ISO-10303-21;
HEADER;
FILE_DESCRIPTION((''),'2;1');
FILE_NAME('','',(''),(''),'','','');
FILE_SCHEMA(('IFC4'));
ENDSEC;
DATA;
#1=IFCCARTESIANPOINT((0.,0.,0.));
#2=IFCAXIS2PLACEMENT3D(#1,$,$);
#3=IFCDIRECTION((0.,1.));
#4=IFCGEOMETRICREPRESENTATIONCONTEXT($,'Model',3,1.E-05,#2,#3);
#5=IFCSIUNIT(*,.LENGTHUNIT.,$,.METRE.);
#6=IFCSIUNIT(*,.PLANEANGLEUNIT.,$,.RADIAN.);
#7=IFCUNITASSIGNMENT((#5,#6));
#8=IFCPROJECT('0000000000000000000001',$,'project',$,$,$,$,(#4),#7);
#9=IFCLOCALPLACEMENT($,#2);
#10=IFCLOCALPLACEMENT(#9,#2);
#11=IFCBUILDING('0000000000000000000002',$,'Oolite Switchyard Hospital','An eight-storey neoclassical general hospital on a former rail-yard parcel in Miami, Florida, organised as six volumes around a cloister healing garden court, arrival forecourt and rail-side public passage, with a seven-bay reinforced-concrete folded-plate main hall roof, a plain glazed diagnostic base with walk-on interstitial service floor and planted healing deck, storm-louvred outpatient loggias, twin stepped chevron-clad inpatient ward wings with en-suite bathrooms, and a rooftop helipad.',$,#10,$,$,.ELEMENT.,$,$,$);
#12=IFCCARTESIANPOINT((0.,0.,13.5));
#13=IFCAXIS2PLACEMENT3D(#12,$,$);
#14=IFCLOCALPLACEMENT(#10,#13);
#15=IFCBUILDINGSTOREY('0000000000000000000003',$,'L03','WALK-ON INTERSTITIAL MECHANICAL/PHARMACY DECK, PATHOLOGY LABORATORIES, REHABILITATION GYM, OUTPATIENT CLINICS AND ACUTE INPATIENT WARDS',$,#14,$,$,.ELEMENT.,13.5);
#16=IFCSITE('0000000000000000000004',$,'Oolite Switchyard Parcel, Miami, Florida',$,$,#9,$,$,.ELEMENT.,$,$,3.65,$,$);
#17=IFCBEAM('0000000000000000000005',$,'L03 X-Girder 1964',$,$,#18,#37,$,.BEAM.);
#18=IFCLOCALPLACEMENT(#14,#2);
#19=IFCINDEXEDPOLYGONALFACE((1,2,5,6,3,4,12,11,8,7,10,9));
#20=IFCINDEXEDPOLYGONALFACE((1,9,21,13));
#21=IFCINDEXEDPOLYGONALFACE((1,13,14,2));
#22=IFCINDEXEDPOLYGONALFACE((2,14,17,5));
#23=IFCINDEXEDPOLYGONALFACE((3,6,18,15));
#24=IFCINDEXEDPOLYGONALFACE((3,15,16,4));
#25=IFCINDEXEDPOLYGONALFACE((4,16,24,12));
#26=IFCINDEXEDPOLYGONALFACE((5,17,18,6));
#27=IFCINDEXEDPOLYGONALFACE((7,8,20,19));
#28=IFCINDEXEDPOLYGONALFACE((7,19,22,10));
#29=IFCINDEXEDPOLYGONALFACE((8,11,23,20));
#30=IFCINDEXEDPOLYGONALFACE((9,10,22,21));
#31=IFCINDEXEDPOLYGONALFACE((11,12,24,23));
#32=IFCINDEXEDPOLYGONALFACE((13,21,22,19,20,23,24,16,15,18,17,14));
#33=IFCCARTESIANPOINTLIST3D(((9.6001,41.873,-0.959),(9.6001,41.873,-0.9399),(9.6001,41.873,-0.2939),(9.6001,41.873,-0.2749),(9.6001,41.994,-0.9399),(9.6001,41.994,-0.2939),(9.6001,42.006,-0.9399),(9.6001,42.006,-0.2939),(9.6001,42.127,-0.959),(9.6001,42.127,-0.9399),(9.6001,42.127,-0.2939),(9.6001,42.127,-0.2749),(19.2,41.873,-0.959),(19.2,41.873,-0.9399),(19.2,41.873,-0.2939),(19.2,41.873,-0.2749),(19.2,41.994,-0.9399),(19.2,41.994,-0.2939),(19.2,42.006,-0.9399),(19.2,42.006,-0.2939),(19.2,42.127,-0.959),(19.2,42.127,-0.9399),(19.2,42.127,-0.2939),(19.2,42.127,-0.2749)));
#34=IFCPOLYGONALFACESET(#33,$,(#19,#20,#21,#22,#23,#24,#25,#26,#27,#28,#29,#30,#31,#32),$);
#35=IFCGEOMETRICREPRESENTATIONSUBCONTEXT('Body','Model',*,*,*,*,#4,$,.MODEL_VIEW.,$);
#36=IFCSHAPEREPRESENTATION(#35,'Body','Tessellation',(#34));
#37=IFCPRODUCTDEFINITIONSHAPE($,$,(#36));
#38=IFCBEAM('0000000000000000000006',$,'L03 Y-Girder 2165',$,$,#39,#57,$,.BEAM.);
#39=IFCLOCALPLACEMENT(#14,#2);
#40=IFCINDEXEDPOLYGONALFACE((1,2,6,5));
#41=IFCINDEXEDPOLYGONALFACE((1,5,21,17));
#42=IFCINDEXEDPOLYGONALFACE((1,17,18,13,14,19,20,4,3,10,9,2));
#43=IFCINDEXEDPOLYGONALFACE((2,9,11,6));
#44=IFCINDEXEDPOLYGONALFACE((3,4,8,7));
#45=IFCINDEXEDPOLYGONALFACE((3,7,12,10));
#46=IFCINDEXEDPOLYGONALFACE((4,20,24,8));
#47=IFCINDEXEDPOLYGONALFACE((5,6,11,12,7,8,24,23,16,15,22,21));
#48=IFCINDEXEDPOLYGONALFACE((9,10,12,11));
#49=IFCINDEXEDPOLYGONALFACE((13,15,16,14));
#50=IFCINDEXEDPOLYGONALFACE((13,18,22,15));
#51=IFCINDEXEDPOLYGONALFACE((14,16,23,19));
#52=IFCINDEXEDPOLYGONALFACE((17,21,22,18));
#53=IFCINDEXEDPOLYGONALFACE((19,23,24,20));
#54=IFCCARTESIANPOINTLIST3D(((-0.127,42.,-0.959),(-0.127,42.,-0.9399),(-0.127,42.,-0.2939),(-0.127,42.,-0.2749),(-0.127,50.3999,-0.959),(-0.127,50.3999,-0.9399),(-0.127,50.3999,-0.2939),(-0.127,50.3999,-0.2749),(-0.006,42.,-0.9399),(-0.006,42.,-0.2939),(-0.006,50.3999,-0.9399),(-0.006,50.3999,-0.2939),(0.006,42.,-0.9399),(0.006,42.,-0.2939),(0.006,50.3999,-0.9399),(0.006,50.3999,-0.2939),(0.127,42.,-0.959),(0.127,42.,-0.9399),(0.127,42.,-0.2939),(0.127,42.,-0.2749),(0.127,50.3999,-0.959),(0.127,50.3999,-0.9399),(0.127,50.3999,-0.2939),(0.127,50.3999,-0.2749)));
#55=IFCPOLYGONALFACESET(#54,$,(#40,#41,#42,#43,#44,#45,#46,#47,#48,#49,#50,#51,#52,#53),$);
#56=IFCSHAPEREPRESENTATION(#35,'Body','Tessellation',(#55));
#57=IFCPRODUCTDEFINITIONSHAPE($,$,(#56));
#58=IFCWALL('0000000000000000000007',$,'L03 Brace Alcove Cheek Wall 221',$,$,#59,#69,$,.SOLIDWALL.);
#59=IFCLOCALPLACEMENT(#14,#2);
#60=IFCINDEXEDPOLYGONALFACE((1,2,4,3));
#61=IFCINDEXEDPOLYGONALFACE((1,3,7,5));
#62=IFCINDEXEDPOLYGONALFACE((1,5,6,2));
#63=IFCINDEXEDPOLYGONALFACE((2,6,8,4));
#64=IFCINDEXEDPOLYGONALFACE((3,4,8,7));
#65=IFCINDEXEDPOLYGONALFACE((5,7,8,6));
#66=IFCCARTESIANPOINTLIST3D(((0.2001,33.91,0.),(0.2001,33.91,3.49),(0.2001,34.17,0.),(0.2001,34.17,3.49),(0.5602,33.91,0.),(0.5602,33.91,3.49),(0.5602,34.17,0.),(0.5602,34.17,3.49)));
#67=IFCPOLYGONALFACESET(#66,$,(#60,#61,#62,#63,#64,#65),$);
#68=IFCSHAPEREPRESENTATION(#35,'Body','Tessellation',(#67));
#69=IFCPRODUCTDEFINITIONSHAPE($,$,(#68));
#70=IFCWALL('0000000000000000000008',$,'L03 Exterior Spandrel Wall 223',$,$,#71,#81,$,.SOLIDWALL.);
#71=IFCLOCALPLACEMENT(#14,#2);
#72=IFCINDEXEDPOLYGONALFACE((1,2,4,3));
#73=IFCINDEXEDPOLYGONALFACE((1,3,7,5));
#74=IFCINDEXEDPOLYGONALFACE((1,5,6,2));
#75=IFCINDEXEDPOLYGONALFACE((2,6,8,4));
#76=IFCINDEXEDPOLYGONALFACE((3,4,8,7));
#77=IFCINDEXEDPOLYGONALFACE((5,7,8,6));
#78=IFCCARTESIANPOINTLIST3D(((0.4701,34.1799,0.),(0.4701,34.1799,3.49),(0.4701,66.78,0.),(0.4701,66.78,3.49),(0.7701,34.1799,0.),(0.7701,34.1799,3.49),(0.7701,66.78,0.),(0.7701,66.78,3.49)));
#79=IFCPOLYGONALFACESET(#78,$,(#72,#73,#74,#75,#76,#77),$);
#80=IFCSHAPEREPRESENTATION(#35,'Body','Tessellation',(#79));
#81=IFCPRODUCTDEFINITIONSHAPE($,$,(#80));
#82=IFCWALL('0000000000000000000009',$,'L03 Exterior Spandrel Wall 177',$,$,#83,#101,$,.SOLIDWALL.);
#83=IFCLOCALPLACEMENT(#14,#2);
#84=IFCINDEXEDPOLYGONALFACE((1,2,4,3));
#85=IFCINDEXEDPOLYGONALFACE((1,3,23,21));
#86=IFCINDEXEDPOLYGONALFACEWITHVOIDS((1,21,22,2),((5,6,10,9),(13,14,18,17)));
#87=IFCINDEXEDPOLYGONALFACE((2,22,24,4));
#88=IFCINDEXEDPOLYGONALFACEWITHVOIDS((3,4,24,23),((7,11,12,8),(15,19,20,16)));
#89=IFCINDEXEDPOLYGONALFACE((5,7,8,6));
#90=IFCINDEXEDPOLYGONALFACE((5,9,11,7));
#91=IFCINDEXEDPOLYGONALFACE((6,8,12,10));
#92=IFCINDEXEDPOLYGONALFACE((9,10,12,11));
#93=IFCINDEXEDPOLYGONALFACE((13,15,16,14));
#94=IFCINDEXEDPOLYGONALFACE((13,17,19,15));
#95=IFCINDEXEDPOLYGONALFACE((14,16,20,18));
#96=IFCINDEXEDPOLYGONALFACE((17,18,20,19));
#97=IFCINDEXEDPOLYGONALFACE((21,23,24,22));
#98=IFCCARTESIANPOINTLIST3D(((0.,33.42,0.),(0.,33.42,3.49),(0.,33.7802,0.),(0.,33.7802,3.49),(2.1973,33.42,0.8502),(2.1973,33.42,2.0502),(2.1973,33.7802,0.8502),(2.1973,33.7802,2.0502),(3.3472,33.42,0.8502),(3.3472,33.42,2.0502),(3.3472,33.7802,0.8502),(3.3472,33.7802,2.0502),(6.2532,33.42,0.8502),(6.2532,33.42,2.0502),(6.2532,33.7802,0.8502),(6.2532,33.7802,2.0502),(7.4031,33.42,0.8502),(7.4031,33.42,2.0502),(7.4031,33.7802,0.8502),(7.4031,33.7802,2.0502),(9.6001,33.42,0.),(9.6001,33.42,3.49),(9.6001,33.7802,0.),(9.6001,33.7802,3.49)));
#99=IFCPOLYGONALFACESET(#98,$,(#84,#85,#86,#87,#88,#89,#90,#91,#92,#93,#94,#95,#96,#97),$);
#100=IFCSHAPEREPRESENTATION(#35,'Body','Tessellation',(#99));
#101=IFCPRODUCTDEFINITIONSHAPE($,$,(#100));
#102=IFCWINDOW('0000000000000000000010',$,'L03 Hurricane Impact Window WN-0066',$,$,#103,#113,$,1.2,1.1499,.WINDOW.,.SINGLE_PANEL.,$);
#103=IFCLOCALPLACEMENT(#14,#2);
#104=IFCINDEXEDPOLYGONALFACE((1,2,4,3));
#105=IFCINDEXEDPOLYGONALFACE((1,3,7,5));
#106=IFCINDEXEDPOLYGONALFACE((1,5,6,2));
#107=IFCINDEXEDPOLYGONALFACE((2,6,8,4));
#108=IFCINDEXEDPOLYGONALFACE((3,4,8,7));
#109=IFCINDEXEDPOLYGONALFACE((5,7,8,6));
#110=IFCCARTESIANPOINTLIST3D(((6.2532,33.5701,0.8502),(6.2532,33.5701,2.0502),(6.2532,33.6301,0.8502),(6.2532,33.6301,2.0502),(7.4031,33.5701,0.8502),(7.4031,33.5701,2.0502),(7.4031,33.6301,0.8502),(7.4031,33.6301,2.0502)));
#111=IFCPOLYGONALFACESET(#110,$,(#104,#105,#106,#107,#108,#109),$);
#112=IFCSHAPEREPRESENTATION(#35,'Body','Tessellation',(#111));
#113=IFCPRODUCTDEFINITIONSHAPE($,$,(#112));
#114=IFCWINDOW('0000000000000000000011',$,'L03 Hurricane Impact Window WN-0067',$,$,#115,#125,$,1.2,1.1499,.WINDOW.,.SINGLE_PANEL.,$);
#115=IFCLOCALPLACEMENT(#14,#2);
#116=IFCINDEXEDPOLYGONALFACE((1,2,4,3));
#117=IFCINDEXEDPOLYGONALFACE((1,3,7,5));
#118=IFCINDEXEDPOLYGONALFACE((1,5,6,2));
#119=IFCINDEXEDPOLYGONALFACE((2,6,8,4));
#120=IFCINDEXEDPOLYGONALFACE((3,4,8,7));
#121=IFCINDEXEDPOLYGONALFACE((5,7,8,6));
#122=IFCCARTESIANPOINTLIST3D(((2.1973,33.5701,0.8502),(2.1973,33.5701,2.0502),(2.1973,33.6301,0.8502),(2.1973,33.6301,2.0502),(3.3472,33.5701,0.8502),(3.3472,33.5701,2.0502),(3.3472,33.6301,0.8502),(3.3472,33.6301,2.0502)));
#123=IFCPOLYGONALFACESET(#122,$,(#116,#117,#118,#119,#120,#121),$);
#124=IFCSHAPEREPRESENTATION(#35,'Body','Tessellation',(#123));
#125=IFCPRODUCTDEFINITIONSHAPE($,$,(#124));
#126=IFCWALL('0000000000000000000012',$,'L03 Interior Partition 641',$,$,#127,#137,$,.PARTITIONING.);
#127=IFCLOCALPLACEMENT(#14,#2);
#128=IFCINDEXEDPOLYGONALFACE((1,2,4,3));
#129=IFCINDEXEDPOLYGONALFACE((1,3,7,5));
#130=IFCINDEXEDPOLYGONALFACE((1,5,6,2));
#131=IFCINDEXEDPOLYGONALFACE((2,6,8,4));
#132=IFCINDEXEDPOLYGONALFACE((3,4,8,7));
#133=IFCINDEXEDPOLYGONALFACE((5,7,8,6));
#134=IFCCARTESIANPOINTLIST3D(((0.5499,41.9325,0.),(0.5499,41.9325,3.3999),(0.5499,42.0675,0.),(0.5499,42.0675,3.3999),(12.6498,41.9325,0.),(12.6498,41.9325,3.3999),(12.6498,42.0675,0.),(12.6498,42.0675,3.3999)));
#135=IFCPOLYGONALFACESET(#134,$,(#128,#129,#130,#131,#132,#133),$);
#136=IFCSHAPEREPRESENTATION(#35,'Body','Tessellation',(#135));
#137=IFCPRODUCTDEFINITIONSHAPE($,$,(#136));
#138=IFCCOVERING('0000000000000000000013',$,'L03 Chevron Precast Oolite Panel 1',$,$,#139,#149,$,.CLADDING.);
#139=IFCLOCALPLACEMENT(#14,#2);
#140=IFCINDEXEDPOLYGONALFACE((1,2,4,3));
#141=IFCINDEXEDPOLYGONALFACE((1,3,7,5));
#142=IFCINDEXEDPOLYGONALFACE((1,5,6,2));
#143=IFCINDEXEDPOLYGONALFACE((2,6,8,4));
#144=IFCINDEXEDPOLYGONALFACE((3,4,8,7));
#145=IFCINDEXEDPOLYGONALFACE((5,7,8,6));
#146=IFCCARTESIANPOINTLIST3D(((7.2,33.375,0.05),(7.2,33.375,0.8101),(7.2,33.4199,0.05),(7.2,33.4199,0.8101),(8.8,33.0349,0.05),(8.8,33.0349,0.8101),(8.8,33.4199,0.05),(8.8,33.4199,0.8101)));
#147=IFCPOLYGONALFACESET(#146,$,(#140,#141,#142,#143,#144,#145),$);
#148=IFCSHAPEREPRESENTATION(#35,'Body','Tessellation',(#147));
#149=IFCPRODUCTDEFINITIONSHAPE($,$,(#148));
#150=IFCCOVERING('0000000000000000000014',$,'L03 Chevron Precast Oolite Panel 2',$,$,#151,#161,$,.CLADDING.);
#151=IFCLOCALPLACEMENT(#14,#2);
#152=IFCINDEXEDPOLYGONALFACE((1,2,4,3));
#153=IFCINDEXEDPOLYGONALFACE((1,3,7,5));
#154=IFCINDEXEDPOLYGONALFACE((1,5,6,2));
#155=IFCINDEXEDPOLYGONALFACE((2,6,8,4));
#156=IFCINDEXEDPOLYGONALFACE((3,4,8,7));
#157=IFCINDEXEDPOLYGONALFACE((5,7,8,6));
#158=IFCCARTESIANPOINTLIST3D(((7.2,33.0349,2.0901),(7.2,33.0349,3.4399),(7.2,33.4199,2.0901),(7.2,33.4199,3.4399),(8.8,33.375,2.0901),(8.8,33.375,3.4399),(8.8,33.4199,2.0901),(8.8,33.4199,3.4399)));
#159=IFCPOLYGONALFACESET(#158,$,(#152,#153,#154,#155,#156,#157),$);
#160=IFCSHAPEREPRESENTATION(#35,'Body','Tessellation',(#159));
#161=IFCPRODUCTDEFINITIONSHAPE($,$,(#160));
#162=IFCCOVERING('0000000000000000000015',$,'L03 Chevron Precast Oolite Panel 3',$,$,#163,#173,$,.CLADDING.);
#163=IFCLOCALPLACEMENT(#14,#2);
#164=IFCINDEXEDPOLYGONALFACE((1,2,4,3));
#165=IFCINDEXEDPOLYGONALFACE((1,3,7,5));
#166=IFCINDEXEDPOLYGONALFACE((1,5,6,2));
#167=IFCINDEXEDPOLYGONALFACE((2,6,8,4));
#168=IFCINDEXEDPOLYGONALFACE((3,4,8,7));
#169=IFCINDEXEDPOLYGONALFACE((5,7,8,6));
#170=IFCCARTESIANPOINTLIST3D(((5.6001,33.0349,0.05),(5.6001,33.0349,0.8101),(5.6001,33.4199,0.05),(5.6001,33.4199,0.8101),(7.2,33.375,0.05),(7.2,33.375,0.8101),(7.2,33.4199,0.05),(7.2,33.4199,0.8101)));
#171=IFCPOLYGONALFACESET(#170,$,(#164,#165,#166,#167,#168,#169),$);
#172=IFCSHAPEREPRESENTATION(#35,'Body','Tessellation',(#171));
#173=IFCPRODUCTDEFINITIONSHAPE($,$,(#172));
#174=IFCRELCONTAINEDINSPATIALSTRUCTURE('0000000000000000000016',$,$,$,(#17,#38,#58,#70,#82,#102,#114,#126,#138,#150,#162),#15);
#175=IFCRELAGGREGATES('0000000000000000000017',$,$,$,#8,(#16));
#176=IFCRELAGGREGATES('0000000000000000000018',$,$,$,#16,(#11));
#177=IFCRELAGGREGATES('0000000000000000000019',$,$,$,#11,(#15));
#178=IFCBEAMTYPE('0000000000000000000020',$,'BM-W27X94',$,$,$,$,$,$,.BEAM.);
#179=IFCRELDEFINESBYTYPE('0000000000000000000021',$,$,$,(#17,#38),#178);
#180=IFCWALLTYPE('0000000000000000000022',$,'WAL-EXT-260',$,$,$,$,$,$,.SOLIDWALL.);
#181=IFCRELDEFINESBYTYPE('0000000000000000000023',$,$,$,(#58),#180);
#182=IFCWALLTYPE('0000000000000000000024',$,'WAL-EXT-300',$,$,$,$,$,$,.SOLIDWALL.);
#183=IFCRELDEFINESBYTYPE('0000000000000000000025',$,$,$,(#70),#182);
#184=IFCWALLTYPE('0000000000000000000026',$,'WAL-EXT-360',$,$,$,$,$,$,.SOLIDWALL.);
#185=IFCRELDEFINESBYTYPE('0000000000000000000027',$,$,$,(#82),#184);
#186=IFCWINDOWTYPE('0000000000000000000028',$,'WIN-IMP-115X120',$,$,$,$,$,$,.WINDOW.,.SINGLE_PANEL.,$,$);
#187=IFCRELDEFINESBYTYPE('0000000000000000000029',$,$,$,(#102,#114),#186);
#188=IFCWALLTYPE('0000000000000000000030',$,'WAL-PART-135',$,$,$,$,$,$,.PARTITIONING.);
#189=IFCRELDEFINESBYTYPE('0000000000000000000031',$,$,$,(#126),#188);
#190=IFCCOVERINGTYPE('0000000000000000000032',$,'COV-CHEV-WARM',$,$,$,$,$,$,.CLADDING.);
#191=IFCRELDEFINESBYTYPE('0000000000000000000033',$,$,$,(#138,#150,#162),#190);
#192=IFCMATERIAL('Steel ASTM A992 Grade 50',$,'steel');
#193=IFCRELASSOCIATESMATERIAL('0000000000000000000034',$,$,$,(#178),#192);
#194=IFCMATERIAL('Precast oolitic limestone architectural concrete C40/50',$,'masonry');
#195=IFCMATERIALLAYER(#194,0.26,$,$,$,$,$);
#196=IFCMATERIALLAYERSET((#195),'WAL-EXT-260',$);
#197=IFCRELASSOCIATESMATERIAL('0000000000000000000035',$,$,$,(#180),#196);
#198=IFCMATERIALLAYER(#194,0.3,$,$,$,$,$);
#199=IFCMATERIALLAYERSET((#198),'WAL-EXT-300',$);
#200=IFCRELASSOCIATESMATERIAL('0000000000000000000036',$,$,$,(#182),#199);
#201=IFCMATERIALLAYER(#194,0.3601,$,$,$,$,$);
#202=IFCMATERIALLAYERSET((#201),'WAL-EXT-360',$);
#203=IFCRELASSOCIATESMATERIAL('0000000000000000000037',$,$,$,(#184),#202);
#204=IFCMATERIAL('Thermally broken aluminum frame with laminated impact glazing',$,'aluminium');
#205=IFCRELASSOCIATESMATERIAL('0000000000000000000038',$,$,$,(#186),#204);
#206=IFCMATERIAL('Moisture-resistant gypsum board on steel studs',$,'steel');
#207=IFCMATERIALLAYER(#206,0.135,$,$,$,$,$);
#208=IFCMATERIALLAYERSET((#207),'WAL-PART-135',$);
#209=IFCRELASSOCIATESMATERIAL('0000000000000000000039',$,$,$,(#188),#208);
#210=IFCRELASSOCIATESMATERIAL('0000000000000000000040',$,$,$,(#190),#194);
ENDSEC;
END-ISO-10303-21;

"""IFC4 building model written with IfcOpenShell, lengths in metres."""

from ifc_helpers import new_model, si_unit, direction, frame, frame_2d, origin, origin_2d, place, context, subcontext, project, spatial, polyline, rectangle, i_section, outline, extrude, material, layer, layer_set, material_profile, profile_set, type_object, element, fill, save


model = new_model("IFC4")

# Units and contexts
model_context = context("Model", 3, precision=1e-05, world=origin(), true_north=direction((0.0, 1.0)))
body_context = subcontext(model_context, "Body", "Model", "MODEL_VIEW")
ifc_project = project(units=[si_unit("LENGTHUNIT", "METRE"), si_unit("PLANEANGLEUNIT", "RADIAN")], contexts=[model_context])

# Site, building, storey
site_placement = place(None, origin())
site = spatial("IfcSite", under=ifc_project, at=site_placement, Name="Oolite Switchyard Parcel, Miami, Florida", CompositionType="ELEMENT", RefElevation=3.65)
building_placement = place(site_placement, origin())
building = spatial("IfcBuilding", under=site, at=building_placement, Name="Oolite Switchyard Hospital", Description="An eight-storey neoclassical general hospital on a former rail-yard parcel in Miami, Florida, organised as six volumes around a cloister healing garden court, arrival forecourt and rail-side public passage, with a seven-bay reinforced-concrete folded-plate main hall roof, a plain glazed diagnostic base with walk-on interstitial service floor and planted healing deck, storm-louvred outpatient loggias, twin stepped chevron-clad inpatient ward wings with en-suite bathrooms, and a rooftop helipad.", CompositionType="ELEMENT")
storey_placement = place(building_placement, frame((0.0, 0.0, 13.5)))
storey = spatial("IfcBuildingStorey", under=building, at=storey_placement, Name="L03", Description="WALK-ON INTERSTITIAL MECHANICAL/PHARMACY DECK, PATHOLOGY LABORATORIES, REHABILITATION GYM, OUTPATIENT CLINICS AND ACUTE INPATIENT WARDS", CompositionType="ELEMENT", Elevation=13.5)

# Beams
ifc_material_1 = material(Name="Steel ASTM A992 Grade 50", Category="steel")
ifc_material_profile_1 = material_profile(ifc_material_1, i_section(OverallWidth=0.2539, OverallDepth=0.6841, WebThickness=0.012, FlangeThickness=0.019, at=origin_2d()), Name="W27X94")
ifc_profile_set_1 = profile_set([ifc_material_profile_1], Name="Steel ASTM A992 Grade 50")
beam_type_1 = type_object("IfcBeamType", Name="BM-W27X94", PredefinedType="BEAM", material=ifc_profile_set_1)
beam_1_placement = place(storey_placement, frame((9.6001, 42.0, -0.6169), z_axis=(1.0, 0.0, 0.0), x_axis=(0.0, 1.0, 0.0)))
element("IfcBeam", 1, at=beam_1_placement, inside=storey, type_object=beam_type_1, Name="L03 X-Girder 1964", PredefinedType="BEAM", context=body_context, shape_type="SweptSolid", body=[
    extrude(i_section(OverallWidth=0.2539, OverallDepth=0.6841, WebThickness=0.012, FlangeThickness=0.019, at=origin_2d()), origin(), (0.0, 0.0, 1.0), 9.5999),
])
beam_2_placement = place(storey_placement, frame((0.0, 42.0, -0.6169), z_axis=(0.0, 1.0, 0.0), x_axis=(-1.0, 0.0, 0.0)))
element("IfcBeam", 2, at=beam_2_placement, inside=storey, type_object=beam_type_1, Name="L03 Y-Girder 2165", PredefinedType="BEAM", context=body_context, shape_type="SweptSolid", body=[
    extrude(i_section(OverallWidth=0.2539, OverallDepth=0.6841, WebThickness=0.012, FlangeThickness=0.019, at=origin_2d()), origin(), (0.0, 0.0, 1.0), 8.3999),
])

# Walls
ifc_material_2 = material(Name="Precast oolitic limestone architectural concrete C40/50", Category="masonry")
ifc_layer_1 = layer(ifc_material_2, 0.26)
ifc_layer_set_1 = layer_set([ifc_layer_1], Name="WAL-EXT-260")
wall_type_1 = type_object("IfcWallType", Name="WAL-EXT-260", PredefinedType="SOLIDWALL", material=ifc_layer_set_1)
wall_1_placement = place(storey_placement, frame((0.2, 34.04, 0.0), z_axis=(0.0, 0.0, 1.0), x_axis=(1.0, 0.0, 0.0)))
element("IfcWall", 3, at=wall_1_placement, inside=storey, type_object=wall_type_1, Name="L03 Brace Alcove Cheek Wall 221", PredefinedType="SOLIDWALL", context=body_context, shape_type="SweptSolid", body=[
    extrude(rectangle(XDim=0.3601, YDim=0.26, at=frame_2d((0.1802, 0.0))), origin(), (0.0, 0.0, 1.0), 3.49),
])
ifc_layer_2 = layer(ifc_material_2, 0.3)
ifc_layer_set_2 = layer_set([ifc_layer_2], Name="WAL-EXT-300")
wall_type_2 = type_object("IfcWallType", Name="WAL-EXT-300", PredefinedType="SOLIDWALL", material=ifc_layer_set_2)
wall_2_placement = place(storey_placement, frame((0.6201, 34.1799, 0.0), z_axis=(0.0, 0.0, 1.0), x_axis=(0.0, 1.0, 0.0)))
element("IfcWall", 4, at=wall_2_placement, inside=storey, type_object=wall_type_2, Name="L03 Exterior Spandrel Wall 223", PredefinedType="SOLIDWALL", context=body_context, shape_type="SweptSolid", body=[
    extrude(rectangle(XDim=32.6001, YDim=0.3, at=frame_2d((16.3, 0.0))), origin(), (0.0, 0.0, 1.0), 3.49),
])

# Wall, openings, windows
ifc_layer_3 = layer(ifc_material_2, 0.3601)
ifc_layer_set_3 = layer_set([ifc_layer_3], Name="WAL-EXT-360")
wall_type_3 = type_object("IfcWallType", Name="WAL-EXT-360", PredefinedType="SOLIDWALL", material=ifc_layer_set_3)
wall_3_placement = place(storey_placement, frame((9.6001, 33.6001, 0.0), z_axis=(0.0, 0.0, 1.0), x_axis=(-1.0, 0.0, 0.0)))
wall_3 = element("IfcWall", 5, at=wall_3_placement, inside=storey, type_object=wall_type_3, Name="L03 Exterior Spandrel Wall 177", PredefinedType="SOLIDWALL", context=body_context, shape_type="SweptSolid", body=[
    extrude(rectangle(XDim=9.6001, YDim=0.3601, at=frame_2d((4.8, 0.0))), origin(), (0.0, 0.0, 1.0), 3.49),
])
opening_1_placement = place(wall_3_placement, frame((2.197, 0.0, 0.8501)))
opening_1 = element("IfcOpeningElement", 6, at=opening_1_placement, cuts=wall_3, PredefinedType="OPENING", context=body_context, shape_type="SweptSolid", body=[
    extrude(rectangle(XDim=1.1499, YDim=1.2, at=frame_2d((0.575, 0.6001))), frame((0.0, 0.1899, 0.0), z_axis=(0.0, -1.0, 0.0), x_axis=(1.0, 0.0, 0.0)), (0.0, 0.0, 1.0), 0.3801),
])
opening_2_placement = place(wall_3_placement, frame((6.2529, 0.0, 0.8501)))
opening_2 = element("IfcOpeningElement", 7, at=opening_2_placement, cuts=wall_3, PredefinedType="OPENING", context=body_context, shape_type="SweptSolid", body=[
    extrude(rectangle(XDim=1.1499, YDim=1.2, at=frame_2d((0.575, 0.6001))), frame((0.0, 0.1899, 0.0), z_axis=(0.0, -1.0, 0.0), x_axis=(1.0, 0.0, 0.0)), (0.0, 0.0, 1.0), 0.3801),
])
ifc_material_3 = material(Name="Thermally broken aluminum frame with laminated impact glazing", Category="aluminium")
window_type = type_object("IfcWindowType", Name="WIN-IMP-115X120", PartitioningType="SINGLE_PANEL", PredefinedType="WINDOW", material=ifc_material_3)
window_1_placement = place(opening_1_placement, origin())
window_1 = element("IfcWindow", 8, at=window_1_placement, inside=storey, type_object=window_type, Name="L03 Hurricane Impact Window WN-0066", OverallHeight=1.2, OverallWidth=1.1499, PartitioningType="SINGLE_PANEL", PredefinedType="WINDOW", context=body_context, shape_type="SweptSolid", body=[
    extrude(rectangle(XDim=1.1499, YDim=1.2, at=frame_2d((0.575, 0.6001))), frame((0.0, 0.03, 0.0), z_axis=(0.0, -1.0, 0.0), x_axis=(1.0, 0.0, 0.0)), (0.0, 0.0, 1.0), 0.0601),
])
fill(opening_1, window_1)
window_2_placement = place(opening_2_placement, origin())
window_2 = element("IfcWindow", 9, at=window_2_placement, inside=storey, type_object=window_type, Name="L03 Hurricane Impact Window WN-0067", OverallHeight=1.2, OverallWidth=1.1499, PartitioningType="SINGLE_PANEL", PredefinedType="WINDOW", context=body_context, shape_type="SweptSolid", body=[
    extrude(rectangle(XDim=1.1499, YDim=1.2, at=frame_2d((0.575, 0.6001))), frame((0.0, 0.03, 0.0), z_axis=(0.0, -1.0, 0.0), x_axis=(1.0, 0.0, 0.0)), (0.0, 0.0, 1.0), 0.0601),
])
fill(opening_2, window_2)

# Wall
ifc_material_4 = material(Name="Moisture-resistant gypsum board on steel studs", Category="steel")
ifc_layer_4 = layer(ifc_material_4, 0.135)
ifc_layer_set_4 = layer_set([ifc_layer_4], Name="WAL-PART-135")
wall_type_4 = type_object("IfcWallType", Name="WAL-PART-135", PredefinedType="PARTITIONING", material=ifc_layer_set_4)
wall_4_placement = place(storey_placement, frame((0.55, 42.0, 0.0), z_axis=(0.0, 0.0, 1.0), x_axis=(1.0, 0.0, 0.0)))
element("IfcWall", 10, at=wall_4_placement, inside=storey, type_object=wall_type_4, Name="L03 Interior Partition 641", PredefinedType="PARTITIONING", context=body_context, shape_type="SweptSolid", body=[
    extrude(rectangle(XDim=12.0999, YDim=0.135, at=frame_2d((6.0498, 0.0))), origin(), (0.0, 0.0, 1.0), 3.3999),
])

# Coverings
covering_type = type_object("IfcCoveringType", Name="COV-CHEV-WARM", PredefinedType="CLADDING", material=ifc_material_2)
covering_1_placement = place(storey_placement, frame((8.8, 33.4199, 0.05), z_axis=(0.0, 0.0, 1.0), x_axis=(-1.0, 0.0, 0.0)))
element("IfcCovering", 11, at=covering_1_placement, inside=storey, type_object=covering_type, Name="L03 Chevron Precast Oolite Panel 1", PredefinedType="CLADDING", context=body_context, shape_type="SweptSolid", body=[
    extrude(outline(polyline([(0.0, 0.0), (1.6001, 0.0), (1.6001, 0.0449), (0.0, 0.385), (0.0, 0.0)])), origin(), (0.0, 0.0, 1.0), 0.76),
])
covering_2_placement = place(storey_placement, frame((8.8, 33.4199, 2.0901), z_axis=(0.0, 0.0, 1.0), x_axis=(-1.0, 0.0, 0.0)))
element("IfcCovering", 12, at=covering_2_placement, inside=storey, type_object=covering_type, Name="L03 Chevron Precast Oolite Panel 2", PredefinedType="CLADDING", context=body_context, shape_type="SweptSolid", body=[
    extrude(outline(polyline([(0.0, 0.0), (1.6001, 0.0), (1.6001, 0.385), (0.0, 0.0449), (0.0, 0.0)])), origin(), (0.0, 0.0, 1.0), 1.3499),
])
covering_3_placement = place(storey_placement, frame((7.2, 33.4199, 0.05), z_axis=(0.0, 0.0, 1.0), x_axis=(-1.0, 0.0, 0.0)))
element("IfcCovering", 13, at=covering_3_placement, inside=storey, type_object=covering_type, Name="L03 Chevron Precast Oolite Panel 3", PredefinedType="CLADDING", context=body_context, shape_type="SweptSolid", body=[
    extrude(outline(polyline([(0.0, 0.0), (1.5999, 0.0), (1.5999, 0.385), (0.0, 0.0449), (0.0, 0.0)])), origin(), (0.0, 0.0, 1.0), 0.76),
])

save(model, "model.ifc")
